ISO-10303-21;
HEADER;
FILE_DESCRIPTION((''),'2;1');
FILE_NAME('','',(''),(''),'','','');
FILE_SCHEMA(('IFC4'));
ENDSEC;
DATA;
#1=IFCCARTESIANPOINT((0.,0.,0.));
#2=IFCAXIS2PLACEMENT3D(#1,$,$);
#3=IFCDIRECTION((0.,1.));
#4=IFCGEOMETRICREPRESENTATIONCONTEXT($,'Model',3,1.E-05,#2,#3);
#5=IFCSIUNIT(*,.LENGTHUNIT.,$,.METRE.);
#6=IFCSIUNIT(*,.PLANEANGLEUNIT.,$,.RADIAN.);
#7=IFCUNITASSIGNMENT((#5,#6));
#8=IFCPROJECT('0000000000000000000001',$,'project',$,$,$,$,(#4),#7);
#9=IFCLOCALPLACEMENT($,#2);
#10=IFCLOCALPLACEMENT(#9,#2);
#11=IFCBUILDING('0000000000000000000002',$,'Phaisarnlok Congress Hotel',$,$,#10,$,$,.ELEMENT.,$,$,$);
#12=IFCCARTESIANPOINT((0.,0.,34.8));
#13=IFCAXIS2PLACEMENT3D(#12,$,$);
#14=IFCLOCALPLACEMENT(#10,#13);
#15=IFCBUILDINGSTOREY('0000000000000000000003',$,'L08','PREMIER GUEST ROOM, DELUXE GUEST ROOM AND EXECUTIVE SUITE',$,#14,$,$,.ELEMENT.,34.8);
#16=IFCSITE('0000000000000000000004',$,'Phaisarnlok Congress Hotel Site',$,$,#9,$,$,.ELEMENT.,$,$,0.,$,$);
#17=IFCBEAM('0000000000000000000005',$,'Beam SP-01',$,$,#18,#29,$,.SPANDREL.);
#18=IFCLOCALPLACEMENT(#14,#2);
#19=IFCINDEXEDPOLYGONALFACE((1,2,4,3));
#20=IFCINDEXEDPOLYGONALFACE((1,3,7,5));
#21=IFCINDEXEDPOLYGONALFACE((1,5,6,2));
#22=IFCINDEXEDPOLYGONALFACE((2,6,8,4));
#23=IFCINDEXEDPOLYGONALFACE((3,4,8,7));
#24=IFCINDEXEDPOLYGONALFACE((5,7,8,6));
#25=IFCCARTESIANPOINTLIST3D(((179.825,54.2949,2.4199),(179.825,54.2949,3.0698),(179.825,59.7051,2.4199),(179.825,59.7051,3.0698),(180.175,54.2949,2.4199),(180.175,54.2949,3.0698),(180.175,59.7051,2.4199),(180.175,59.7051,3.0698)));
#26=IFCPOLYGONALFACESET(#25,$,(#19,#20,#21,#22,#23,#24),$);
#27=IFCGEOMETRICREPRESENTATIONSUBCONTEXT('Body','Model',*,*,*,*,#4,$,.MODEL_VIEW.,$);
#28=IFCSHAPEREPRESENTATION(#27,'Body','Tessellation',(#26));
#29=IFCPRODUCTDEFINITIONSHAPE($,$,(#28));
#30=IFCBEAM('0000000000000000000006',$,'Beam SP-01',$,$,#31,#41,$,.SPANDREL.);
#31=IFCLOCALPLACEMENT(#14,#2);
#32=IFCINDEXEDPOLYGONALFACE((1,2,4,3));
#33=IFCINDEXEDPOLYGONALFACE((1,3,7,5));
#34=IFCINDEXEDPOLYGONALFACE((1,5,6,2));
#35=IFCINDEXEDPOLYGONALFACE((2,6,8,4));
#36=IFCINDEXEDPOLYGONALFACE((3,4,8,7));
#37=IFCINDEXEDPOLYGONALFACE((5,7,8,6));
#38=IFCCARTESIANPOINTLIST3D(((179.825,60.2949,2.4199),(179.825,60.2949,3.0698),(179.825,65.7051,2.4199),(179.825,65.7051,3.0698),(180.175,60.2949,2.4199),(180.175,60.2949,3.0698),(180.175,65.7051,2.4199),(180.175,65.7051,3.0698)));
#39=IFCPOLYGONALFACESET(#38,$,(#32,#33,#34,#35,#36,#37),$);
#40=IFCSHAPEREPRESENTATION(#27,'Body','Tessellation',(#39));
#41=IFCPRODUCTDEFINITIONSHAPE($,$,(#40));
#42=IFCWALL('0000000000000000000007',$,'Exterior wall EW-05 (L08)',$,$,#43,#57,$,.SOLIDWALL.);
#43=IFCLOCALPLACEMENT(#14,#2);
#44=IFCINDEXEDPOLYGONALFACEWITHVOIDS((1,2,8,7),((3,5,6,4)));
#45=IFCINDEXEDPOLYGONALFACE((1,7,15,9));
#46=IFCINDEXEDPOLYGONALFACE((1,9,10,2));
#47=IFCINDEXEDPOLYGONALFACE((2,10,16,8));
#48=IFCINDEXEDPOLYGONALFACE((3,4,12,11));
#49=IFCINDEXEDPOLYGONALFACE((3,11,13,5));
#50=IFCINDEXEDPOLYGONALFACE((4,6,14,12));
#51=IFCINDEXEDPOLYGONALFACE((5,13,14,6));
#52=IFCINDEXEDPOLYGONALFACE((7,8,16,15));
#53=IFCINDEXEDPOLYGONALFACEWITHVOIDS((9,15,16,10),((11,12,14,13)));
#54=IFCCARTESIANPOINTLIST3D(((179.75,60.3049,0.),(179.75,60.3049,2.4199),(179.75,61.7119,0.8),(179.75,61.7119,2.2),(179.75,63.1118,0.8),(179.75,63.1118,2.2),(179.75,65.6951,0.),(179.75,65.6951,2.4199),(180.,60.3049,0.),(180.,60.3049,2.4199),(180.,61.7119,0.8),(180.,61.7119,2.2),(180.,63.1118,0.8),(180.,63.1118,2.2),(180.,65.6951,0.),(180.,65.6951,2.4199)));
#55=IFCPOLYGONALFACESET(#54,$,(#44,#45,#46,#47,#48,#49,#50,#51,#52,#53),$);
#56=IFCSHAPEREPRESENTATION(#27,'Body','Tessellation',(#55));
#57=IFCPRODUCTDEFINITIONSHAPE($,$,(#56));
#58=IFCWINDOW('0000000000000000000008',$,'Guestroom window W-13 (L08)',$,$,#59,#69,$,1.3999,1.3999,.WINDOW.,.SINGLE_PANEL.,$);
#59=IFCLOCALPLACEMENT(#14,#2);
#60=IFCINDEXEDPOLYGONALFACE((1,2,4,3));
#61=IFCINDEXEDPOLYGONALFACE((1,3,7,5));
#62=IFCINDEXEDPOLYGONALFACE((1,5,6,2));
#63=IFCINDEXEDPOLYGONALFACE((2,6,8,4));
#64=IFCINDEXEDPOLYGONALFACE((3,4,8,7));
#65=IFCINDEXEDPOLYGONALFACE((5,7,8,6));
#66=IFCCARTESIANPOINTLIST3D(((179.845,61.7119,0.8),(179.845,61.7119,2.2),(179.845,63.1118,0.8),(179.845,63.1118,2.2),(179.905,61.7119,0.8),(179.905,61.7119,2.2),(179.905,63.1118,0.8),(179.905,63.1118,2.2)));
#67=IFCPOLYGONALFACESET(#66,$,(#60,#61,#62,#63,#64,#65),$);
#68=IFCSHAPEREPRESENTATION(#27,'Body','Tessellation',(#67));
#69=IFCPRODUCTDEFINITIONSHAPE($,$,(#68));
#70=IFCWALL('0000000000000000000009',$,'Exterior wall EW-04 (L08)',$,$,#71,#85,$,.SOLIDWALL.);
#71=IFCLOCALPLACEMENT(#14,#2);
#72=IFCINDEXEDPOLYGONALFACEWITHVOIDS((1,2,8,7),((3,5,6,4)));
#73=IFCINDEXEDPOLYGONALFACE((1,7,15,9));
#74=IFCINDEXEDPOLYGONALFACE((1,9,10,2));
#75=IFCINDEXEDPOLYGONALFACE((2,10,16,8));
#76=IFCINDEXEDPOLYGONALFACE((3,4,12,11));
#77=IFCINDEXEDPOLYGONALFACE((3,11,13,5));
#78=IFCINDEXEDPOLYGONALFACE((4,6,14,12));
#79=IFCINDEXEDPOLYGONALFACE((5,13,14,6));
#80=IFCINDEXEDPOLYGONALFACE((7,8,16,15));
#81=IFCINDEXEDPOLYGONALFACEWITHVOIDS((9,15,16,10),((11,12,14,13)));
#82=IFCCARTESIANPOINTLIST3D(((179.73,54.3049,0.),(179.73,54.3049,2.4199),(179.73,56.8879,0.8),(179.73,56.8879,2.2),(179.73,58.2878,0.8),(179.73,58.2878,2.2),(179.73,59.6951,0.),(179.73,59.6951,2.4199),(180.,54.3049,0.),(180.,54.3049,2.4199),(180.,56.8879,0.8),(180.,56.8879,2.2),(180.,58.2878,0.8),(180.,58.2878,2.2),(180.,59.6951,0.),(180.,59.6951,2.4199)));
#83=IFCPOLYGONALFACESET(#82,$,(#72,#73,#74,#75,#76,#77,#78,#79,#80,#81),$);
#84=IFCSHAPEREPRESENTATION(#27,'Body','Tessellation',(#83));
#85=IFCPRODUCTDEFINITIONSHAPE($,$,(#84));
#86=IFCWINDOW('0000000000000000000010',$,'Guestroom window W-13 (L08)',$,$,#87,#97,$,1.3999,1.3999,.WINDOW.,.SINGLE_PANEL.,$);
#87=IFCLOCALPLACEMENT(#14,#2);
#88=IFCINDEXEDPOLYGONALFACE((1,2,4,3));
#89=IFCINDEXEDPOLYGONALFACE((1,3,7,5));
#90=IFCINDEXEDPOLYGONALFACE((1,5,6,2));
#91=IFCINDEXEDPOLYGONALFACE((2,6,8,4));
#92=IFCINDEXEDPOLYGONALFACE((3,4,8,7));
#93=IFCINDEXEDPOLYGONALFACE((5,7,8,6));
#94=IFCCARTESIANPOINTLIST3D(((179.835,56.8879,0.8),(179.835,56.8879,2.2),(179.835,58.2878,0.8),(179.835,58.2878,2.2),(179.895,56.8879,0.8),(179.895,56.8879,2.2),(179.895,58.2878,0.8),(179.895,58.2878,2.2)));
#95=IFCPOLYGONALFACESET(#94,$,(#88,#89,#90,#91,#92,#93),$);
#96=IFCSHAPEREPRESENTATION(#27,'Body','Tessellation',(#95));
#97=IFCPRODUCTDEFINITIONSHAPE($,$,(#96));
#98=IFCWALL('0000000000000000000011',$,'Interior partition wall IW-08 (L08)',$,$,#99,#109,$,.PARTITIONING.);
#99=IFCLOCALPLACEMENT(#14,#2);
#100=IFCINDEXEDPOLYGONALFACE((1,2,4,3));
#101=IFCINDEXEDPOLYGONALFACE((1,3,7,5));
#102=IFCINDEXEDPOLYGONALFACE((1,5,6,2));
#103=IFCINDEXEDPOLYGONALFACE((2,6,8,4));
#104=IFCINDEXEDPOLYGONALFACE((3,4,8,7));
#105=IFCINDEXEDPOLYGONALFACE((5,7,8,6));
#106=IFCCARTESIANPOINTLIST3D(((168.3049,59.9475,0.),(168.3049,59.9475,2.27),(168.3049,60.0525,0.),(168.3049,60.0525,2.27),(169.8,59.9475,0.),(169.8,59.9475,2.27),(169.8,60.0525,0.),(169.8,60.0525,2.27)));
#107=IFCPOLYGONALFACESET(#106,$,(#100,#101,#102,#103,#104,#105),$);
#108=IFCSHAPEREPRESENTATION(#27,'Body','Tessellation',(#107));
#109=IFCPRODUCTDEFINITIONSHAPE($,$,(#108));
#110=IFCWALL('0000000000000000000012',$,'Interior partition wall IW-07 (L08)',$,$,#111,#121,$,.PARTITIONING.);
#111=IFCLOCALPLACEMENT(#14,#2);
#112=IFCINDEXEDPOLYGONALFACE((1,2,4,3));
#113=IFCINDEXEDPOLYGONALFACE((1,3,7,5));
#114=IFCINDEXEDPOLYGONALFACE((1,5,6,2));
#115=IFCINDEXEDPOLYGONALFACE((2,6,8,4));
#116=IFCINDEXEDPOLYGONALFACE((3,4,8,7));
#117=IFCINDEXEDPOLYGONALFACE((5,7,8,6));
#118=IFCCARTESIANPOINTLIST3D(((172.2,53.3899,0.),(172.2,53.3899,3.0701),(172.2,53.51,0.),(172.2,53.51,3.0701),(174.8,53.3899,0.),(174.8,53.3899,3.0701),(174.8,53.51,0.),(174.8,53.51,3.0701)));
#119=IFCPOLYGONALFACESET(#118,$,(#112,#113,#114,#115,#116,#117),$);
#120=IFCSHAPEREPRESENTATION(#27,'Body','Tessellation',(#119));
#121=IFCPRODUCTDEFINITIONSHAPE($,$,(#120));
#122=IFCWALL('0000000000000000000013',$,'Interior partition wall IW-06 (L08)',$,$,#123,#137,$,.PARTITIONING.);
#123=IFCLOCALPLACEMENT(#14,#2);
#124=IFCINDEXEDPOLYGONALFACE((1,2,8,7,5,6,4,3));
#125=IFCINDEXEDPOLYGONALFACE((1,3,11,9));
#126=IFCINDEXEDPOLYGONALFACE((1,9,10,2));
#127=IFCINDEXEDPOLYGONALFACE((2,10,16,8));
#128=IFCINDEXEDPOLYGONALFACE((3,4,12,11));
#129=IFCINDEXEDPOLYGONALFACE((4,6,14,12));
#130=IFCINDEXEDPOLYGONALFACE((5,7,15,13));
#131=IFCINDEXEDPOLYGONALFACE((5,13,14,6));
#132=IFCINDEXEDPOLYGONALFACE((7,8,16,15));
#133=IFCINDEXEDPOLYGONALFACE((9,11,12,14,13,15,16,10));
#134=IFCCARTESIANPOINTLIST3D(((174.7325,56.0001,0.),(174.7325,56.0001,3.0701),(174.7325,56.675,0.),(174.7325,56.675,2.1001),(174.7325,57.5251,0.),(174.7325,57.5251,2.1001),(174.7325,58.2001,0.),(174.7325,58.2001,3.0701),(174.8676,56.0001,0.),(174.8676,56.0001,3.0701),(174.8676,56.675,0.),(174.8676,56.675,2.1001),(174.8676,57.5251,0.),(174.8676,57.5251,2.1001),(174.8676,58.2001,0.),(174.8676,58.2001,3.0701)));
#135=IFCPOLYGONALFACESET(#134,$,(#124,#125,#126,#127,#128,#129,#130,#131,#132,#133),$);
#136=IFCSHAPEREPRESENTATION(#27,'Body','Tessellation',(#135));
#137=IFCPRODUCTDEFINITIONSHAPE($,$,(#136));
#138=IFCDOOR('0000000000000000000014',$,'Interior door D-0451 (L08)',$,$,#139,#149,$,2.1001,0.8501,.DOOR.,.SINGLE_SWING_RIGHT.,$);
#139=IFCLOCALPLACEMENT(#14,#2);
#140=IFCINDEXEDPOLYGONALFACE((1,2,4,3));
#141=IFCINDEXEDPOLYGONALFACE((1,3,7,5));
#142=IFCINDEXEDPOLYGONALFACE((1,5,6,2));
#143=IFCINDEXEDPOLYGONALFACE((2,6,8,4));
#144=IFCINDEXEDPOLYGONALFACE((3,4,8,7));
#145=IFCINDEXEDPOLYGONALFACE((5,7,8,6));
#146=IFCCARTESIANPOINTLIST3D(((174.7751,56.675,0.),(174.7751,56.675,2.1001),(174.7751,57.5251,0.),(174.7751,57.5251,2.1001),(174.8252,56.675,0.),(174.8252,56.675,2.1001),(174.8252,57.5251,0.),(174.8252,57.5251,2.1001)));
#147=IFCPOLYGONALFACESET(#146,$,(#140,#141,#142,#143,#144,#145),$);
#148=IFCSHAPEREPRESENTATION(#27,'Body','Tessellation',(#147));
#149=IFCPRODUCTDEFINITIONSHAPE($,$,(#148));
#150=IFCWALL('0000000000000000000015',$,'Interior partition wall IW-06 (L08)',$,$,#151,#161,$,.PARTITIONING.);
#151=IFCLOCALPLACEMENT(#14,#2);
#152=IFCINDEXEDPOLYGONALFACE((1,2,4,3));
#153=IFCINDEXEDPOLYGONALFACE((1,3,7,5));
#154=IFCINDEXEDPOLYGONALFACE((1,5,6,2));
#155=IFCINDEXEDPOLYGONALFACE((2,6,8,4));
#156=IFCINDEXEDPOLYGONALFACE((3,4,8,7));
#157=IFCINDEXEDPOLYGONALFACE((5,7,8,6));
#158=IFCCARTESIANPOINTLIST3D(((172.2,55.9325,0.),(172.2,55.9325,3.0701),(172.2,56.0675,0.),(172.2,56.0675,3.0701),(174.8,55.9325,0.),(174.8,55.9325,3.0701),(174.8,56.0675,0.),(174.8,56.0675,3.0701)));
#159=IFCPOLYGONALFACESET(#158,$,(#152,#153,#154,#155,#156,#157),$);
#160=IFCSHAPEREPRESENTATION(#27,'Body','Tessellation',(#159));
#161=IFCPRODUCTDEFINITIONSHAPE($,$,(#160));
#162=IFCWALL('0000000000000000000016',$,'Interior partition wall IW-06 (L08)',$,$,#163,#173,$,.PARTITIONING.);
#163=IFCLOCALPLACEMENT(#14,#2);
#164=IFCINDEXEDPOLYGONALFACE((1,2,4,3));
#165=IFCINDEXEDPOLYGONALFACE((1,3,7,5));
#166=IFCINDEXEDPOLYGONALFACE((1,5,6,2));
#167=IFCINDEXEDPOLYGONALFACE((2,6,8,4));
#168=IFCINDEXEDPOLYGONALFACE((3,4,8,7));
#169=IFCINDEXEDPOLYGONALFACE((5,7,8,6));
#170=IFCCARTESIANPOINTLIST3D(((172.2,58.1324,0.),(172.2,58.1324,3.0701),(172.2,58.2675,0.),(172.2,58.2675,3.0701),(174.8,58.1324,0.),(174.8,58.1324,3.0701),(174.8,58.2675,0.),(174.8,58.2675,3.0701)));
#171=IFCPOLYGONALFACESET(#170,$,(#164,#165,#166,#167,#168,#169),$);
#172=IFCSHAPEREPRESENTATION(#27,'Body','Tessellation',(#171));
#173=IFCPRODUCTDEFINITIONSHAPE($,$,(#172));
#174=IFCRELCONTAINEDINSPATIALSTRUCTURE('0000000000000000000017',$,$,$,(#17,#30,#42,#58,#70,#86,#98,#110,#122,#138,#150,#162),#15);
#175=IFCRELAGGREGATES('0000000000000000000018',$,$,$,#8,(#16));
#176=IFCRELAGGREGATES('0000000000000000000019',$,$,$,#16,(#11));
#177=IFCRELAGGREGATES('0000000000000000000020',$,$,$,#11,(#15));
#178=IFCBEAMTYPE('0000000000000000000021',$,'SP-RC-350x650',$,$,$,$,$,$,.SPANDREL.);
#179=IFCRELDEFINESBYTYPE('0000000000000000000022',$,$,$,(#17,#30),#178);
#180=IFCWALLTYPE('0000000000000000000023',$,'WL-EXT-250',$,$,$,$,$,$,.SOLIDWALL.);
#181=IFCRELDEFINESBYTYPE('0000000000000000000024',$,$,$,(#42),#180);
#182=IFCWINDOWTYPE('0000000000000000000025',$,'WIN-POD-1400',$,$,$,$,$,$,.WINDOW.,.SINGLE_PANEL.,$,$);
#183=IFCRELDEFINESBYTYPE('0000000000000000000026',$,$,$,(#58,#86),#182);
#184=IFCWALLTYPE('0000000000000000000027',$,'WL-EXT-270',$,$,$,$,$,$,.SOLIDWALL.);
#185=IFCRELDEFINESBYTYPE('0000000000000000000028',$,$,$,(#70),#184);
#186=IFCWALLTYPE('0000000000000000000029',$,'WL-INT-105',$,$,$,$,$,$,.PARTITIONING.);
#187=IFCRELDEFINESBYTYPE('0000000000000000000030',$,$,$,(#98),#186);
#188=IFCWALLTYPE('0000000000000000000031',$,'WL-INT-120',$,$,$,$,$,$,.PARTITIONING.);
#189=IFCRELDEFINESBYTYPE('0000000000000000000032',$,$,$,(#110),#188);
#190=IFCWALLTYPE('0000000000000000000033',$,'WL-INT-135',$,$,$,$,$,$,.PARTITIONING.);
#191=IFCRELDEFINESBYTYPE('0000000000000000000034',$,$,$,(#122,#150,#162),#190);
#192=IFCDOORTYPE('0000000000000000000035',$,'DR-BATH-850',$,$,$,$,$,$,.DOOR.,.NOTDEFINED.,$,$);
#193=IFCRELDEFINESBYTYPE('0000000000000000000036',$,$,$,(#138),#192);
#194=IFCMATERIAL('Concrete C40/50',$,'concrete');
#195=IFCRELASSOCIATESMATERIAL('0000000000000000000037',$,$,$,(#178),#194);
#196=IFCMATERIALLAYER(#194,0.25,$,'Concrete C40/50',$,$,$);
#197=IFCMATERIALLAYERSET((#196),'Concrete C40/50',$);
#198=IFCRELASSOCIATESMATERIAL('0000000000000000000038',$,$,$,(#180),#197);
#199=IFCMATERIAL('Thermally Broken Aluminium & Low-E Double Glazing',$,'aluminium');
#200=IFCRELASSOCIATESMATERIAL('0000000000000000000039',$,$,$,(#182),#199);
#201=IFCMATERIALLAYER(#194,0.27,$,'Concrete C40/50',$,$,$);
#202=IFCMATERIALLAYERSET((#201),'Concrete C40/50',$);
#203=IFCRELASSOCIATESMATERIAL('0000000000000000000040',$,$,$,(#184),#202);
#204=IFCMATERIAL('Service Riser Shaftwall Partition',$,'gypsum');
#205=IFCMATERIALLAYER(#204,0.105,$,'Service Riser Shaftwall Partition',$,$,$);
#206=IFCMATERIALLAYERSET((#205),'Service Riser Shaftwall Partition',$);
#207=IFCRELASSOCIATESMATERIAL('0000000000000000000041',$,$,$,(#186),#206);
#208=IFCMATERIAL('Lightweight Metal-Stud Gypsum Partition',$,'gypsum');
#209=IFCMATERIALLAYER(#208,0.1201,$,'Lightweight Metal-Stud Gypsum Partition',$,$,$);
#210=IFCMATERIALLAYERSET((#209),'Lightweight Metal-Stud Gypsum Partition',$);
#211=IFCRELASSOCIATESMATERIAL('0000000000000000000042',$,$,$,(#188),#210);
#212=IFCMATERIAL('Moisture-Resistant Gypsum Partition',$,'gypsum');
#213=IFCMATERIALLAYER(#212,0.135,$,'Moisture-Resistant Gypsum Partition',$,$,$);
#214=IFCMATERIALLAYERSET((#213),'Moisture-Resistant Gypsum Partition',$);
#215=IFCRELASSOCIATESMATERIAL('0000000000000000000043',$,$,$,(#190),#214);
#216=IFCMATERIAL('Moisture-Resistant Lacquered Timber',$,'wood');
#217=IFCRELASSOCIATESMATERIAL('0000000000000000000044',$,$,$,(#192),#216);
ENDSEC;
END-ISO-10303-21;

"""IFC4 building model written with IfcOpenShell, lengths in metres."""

from ifc_helpers import new_model, si_unit, direction, frame, frame_2d, origin, origin_2d, place, context, subcontext, project, spatial, rectangle, extrude, material, layer, layer_set, material_profile, profile_set, type_object, element, fill, save


model = new_model("IFC4")

# Units and contexts
model_context = context("Model", 3, precision=1e-05, world=origin(), true_north=direction((0.0, 1.0)))
body_context = subcontext(model_context, "Body", "Model", "MODEL_VIEW")
ifc_project = project(units=[si_unit("LENGTHUNIT", "METRE"), si_unit("PLANEANGLEUNIT", "RADIAN")], contexts=[model_context])

# Site, building, storey
site_placement = place(None, origin())
site = spatial("IfcSite", under=ifc_project, at=site_placement, Name="Phaisarnlok Congress Hotel Site", CompositionType="ELEMENT", RefElevation=0.0)
building_placement = place(site_placement, origin())
building = spatial("IfcBuilding", under=site, at=building_placement, Name="Phaisarnlok Congress Hotel", CompositionType="ELEMENT")
storey_placement = place(building_placement, frame((0.0, 0.0, 34.8)))
storey = spatial("IfcBuildingStorey", under=building, at=storey_placement, Name="L08", Description="PREMIER GUEST ROOM, DELUXE GUEST ROOM AND EXECUTIVE SUITE", CompositionType="ELEMENT", Elevation=34.8)

# Beams
ifc_material_1 = material(Name="Concrete C40/50", Category="concrete")
ifc_material_profile_1 = material_profile(ifc_material_1, rectangle(XDim=0.3501, YDim=0.6499, at=origin_2d()), Name="RC 350x650")
ifc_profile_set_1 = profile_set([ifc_material_profile_1], Name="Concrete C40/50")
beam_type_1 = type_object("IfcBeamType", Name="SP-RC-350x650", PredefinedType="SPANDREL", material=ifc_profile_set_1)
for number, where, z_axis, x_axis, name in (
    (1, (180.0, 54.2949, 2.7449), (0.0, 1.0, 0.0), (-1.0, 0.0, 0.0), "Beam SP-01"),
    (2, (180.0, 60.2949, 2.7449), (0.0, 1.0, 0.0), (-1.0, 0.0, 0.0), "Beam SP-01"),
):
    element("IfcBeam", number, at=place(storey_placement, frame(where, z_axis=z_axis, x_axis=x_axis)), inside=storey, type_object=beam_type_1, Name=name, PredefinedType="SPANDREL", context=body_context, shape_type="SweptSolid", body=[
        extrude(rectangle(XDim=0.3501, YDim=0.6499, at=origin_2d()), origin(), (0.0, 0.0, 1.0), 5.4102),
    ])

# Walls, openings, windows
ifc_layer_1 = layer(ifc_material_1, 0.25, Name="Concrete C40/50")
ifc_layer_set_1 = layer_set([ifc_layer_1], Name="Concrete C40/50")
wall_type_1 = type_object("IfcWallType", Name="WL-EXT-250", PredefinedType="SOLIDWALL", material=ifc_layer_set_1)
wall_1_placement = place(storey_placement, frame((179.875, 60.3049, 0.0), z_axis=(0.0, 0.0, 1.0), x_axis=(0.0, 1.0, 0.0)))
wall_1 = element("IfcWall", 3, at=wall_1_placement, inside=storey, type_object=wall_type_1, Name="Exterior wall EW-05 (L08)", PredefinedType="SOLIDWALL", context=body_context, shape_type="SweptSolid", body=[
    extrude(rectangle(XDim=5.3901, YDim=0.25, at=frame_2d((2.6951, 0.0))), origin(), (0.0, 0.0, 1.0), 2.4199),
])
opening_1_placement = place(wall_1_placement, frame((1.407, 0.0, 0.8)))
opening_1 = element("IfcOpeningElement", 4, at=opening_1_placement, cuts=wall_1, PredefinedType="OPENING", context=body_context, shape_type="SweptSolid", body=[
    extrude(rectangle(XDim=1.3999, YDim=1.3999, at=frame_2d((0.7, 0.7))), frame((0.0, 0.135, 0.0), z_axis=(0.0, -1.0, 0.0), x_axis=(1.0, 0.0, 0.0)), (0.0, 0.0, 1.0), 0.27),
])
ifc_material_2 = material(Name="Thermally Broken Aluminium & Low-E Double Glazing", Category="aluminium")
window_type = type_object("IfcWindowType", Name="WIN-POD-1400", PartitioningType="SINGLE_PANEL", PredefinedType="WINDOW", material=ifc_material_2)
window_1_placement = place(opening_1_placement, origin())
window_1 = element("IfcWindow", 5, at=window_1_placement, inside=storey, type_object=window_type, Name="Guestroom window W-13 (L08)", OverallHeight=1.3999, OverallWidth=1.3999, PartitioningType="SINGLE_PANEL", PredefinedType="WINDOW", context=body_context, shape_type="SweptSolid", body=[
    extrude(rectangle(XDim=1.3999, YDim=1.3999, at=frame_2d((0.7, 0.7))), frame((0.0, 0.03, 0.0), z_axis=(0.0, -1.0, 0.0), x_axis=(1.0, 0.0, 0.0)), (0.0, 0.0, 1.0), 0.0601),
])
fill(opening_1, window_1)
ifc_layer_2 = layer(ifc_material_1, 0.27, Name="Concrete C40/50")
ifc_layer_set_2 = layer_set([ifc_layer_2], Name="Concrete C40/50")
wall_type_2 = type_object("IfcWallType", Name="WL-EXT-270", PredefinedType="SOLIDWALL", material=ifc_layer_set_2)
wall_2_placement = place(storey_placement, frame((179.865, 54.3049, 0.0), z_axis=(0.0, 0.0, 1.0), x_axis=(0.0, 1.0, 0.0)))
wall_2 = element("IfcWall", 6, at=wall_2_placement, inside=storey, type_object=wall_type_2, Name="Exterior wall EW-04 (L08)", PredefinedType="SOLIDWALL", context=body_context, shape_type="SweptSolid", body=[
    extrude(rectangle(XDim=5.3901, YDim=0.27, at=frame_2d((2.6951, 0.0))), origin(), (0.0, 0.0, 1.0), 2.4199),
])
opening_2_placement = place(wall_2_placement, frame((2.583, 0.0, 0.8)))
opening_2 = element("IfcOpeningElement", 7, at=opening_2_placement, cuts=wall_2, PredefinedType="OPENING", context=body_context, shape_type="SweptSolid", body=[
    extrude(rectangle(XDim=1.3999, YDim=1.3999, at=frame_2d((0.7, 0.7))), frame((0.0, 0.145, 0.0), z_axis=(0.0, -1.0, 0.0), x_axis=(1.0, 0.0, 0.0)), (0.0, 0.0, 1.0), 0.29),
])
window_2_placement = place(opening_2_placement, origin())
window_2 = element("IfcWindow", 8, at=window_2_placement, inside=storey, type_object=window_type, Name="Guestroom window W-13 (L08)", OverallHeight=1.3999, OverallWidth=1.3999, PartitioningType="SINGLE_PANEL", PredefinedType="WINDOW", context=body_context, shape_type="SweptSolid", body=[
    extrude(rectangle(XDim=1.3999, YDim=1.3999, at=frame_2d((0.7, 0.7))), frame((0.0, 0.03, 0.0), z_axis=(0.0, -1.0, 0.0), x_axis=(1.0, 0.0, 0.0)), (0.0, 0.0, 1.0), 0.0601),
])
fill(opening_2, window_2)

# Walls
ifc_material_3 = material(Name="Service Riser Shaftwall Partition", Category="gypsum")
ifc_layer_3 = layer(ifc_material_3, 0.105, Name="Service Riser Shaftwall Partition")
ifc_layer_set_3 = layer_set([ifc_layer_3], Name="Service Riser Shaftwall Partition")
wall_type_3 = type_object("IfcWallType", Name="WL-INT-105", PredefinedType="PARTITIONING", material=ifc_layer_set_3)
wall_3_placement = place(storey_placement, frame((168.3049, 60.0, 0.0), z_axis=(0.0, 0.0, 1.0), x_axis=(1.0, 0.0, 0.0)))
element("IfcWall", 9, at=wall_3_placement, inside=storey, type_object=wall_type_3, Name="Interior partition wall IW-08 (L08)", PredefinedType="PARTITIONING", context=body_context, shape_type="SweptSolid", body=[
    extrude(rectangle(XDim=1.4951, YDim=0.105, at=frame_2d((0.7476, 0.0))), origin(), (0.0, 0.0, 1.0), 2.27),
])
ifc_material_4 = material(Name="Lightweight Metal-Stud Gypsum Partition", Category="gypsum")
ifc_layer_4 = layer(ifc_material_4, 0.1201, Name="Lightweight Metal-Stud Gypsum Partition")
ifc_layer_set_4 = layer_set([ifc_layer_4], Name="Lightweight Metal-Stud Gypsum Partition")
wall_type_4 = type_object("IfcWallType", Name="WL-INT-120", PredefinedType="PARTITIONING", material=ifc_layer_set_4)
wall_4_placement = place(storey_placement, frame((172.2, 53.45, 0.0), z_axis=(0.0, 0.0, 1.0), x_axis=(1.0, 0.0, 0.0)))
element("IfcWall", 10, at=wall_4_placement, inside=storey, type_object=wall_type_4, Name="Interior partition wall IW-07 (L08)", PredefinedType="PARTITIONING", context=body_context, shape_type="SweptSolid", body=[
    extrude(rectangle(XDim=2.6001, YDim=0.1201, at=frame_2d((1.3, 0.0))), origin(), (0.0, 0.0, 1.0), 3.0701),
])

# Wall, opening, door
ifc_material_5 = material(Name="Moisture-Resistant Gypsum Partition", Category="gypsum")
ifc_layer_5 = layer(ifc_material_5, 0.135, Name="Moisture-Resistant Gypsum Partition")
ifc_layer_set_5 = layer_set([ifc_layer_5], Name="Moisture-Resistant Gypsum Partition")
wall_type_5 = type_object("IfcWallType", Name="WL-INT-135", PredefinedType="PARTITIONING", material=ifc_layer_set_5)
wall_5_placement = place(storey_placement, frame((174.8, 56.0, 0.0), z_axis=(0.0, 0.0, 1.0), x_axis=(0.0, 1.0, 0.0)))
wall_5 = element("IfcWall", 11, at=wall_5_placement, inside=storey, type_object=wall_type_5, Name="Interior partition wall IW-06 (L08)", PredefinedType="PARTITIONING", context=body_context, shape_type="SweptSolid", body=[
    extrude(rectangle(XDim=2.2, YDim=0.135, at=frame_2d((1.1001, 0.0))), origin(), (0.0, 0.0, 1.0), 3.0701),
])
opening_3_placement = place(wall_5_placement, frame((0.675, 0.0, 0.0)))
opening_3 = element("IfcOpeningElement", 12, at=opening_3_placement, cuts=wall_5, PredefinedType="OPENING", context=body_context, shape_type="SweptSolid", body=[
    extrude(rectangle(XDim=0.8501, YDim=2.1001, at=frame_2d((0.425, 1.05))), frame((0.0, 0.0776, 0.0), z_axis=(0.0, -1.0, 0.0), x_axis=(1.0, 0.0, 0.0)), (0.0, 0.0, 1.0), 0.155),
])
ifc_material_6 = material(Name="Moisture-Resistant Lacquered Timber", Category="wood")
door_type = type_object("IfcDoorType", Name="DR-BATH-850", OperationType="NOTDEFINED", PredefinedType="DOOR", material=ifc_material_6)
door_placement = place(opening_3_placement, origin())
door = element("IfcDoor", 13, at=door_placement, inside=storey, type_object=door_type, Name="Interior door D-0451 (L08)", OperationType="SINGLE_SWING_RIGHT", OverallHeight=2.1001, OverallWidth=0.8501, PredefinedType="DOOR", context=body_context, shape_type="SweptSolid", body=[
    extrude(rectangle(XDim=0.8501, YDim=2.1001, at=frame_2d((0.425, 1.05))), frame((0.0, 0.0249, 0.0), z_axis=(0.0, -1.0, 0.0), x_axis=(1.0, 0.0, 0.0)), (0.0, 0.0, 1.0), 0.05),
])
fill(opening_3, door)

# Walls
for number, where, z_axis, x_axis, name in (
    (14, (172.2, 56.0, 0.0), (0.0, 0.0, 1.0), (1.0, 0.0, 0.0), "Interior partition wall IW-06 (L08)"),
    (15, (172.2, 58.2, 0.0), (0.0, 0.0, 1.0), (1.0, 0.0, 0.0), "Interior partition wall IW-06 (L08)"),
):
    element("IfcWall", number, at=place(storey_placement, frame(where, z_axis=z_axis, x_axis=x_axis)), inside=storey, type_object=wall_type_5, Name=name, PredefinedType="PARTITIONING", context=body_context, shape_type="SweptSolid", body=[
        extrude(rectangle(XDim=2.6001, YDim=0.135, at=frame_2d((1.3, 0.0))), origin(), (0.0, 0.0, 1.0), 3.0701),
    ])

save(model, "model.ifc")
